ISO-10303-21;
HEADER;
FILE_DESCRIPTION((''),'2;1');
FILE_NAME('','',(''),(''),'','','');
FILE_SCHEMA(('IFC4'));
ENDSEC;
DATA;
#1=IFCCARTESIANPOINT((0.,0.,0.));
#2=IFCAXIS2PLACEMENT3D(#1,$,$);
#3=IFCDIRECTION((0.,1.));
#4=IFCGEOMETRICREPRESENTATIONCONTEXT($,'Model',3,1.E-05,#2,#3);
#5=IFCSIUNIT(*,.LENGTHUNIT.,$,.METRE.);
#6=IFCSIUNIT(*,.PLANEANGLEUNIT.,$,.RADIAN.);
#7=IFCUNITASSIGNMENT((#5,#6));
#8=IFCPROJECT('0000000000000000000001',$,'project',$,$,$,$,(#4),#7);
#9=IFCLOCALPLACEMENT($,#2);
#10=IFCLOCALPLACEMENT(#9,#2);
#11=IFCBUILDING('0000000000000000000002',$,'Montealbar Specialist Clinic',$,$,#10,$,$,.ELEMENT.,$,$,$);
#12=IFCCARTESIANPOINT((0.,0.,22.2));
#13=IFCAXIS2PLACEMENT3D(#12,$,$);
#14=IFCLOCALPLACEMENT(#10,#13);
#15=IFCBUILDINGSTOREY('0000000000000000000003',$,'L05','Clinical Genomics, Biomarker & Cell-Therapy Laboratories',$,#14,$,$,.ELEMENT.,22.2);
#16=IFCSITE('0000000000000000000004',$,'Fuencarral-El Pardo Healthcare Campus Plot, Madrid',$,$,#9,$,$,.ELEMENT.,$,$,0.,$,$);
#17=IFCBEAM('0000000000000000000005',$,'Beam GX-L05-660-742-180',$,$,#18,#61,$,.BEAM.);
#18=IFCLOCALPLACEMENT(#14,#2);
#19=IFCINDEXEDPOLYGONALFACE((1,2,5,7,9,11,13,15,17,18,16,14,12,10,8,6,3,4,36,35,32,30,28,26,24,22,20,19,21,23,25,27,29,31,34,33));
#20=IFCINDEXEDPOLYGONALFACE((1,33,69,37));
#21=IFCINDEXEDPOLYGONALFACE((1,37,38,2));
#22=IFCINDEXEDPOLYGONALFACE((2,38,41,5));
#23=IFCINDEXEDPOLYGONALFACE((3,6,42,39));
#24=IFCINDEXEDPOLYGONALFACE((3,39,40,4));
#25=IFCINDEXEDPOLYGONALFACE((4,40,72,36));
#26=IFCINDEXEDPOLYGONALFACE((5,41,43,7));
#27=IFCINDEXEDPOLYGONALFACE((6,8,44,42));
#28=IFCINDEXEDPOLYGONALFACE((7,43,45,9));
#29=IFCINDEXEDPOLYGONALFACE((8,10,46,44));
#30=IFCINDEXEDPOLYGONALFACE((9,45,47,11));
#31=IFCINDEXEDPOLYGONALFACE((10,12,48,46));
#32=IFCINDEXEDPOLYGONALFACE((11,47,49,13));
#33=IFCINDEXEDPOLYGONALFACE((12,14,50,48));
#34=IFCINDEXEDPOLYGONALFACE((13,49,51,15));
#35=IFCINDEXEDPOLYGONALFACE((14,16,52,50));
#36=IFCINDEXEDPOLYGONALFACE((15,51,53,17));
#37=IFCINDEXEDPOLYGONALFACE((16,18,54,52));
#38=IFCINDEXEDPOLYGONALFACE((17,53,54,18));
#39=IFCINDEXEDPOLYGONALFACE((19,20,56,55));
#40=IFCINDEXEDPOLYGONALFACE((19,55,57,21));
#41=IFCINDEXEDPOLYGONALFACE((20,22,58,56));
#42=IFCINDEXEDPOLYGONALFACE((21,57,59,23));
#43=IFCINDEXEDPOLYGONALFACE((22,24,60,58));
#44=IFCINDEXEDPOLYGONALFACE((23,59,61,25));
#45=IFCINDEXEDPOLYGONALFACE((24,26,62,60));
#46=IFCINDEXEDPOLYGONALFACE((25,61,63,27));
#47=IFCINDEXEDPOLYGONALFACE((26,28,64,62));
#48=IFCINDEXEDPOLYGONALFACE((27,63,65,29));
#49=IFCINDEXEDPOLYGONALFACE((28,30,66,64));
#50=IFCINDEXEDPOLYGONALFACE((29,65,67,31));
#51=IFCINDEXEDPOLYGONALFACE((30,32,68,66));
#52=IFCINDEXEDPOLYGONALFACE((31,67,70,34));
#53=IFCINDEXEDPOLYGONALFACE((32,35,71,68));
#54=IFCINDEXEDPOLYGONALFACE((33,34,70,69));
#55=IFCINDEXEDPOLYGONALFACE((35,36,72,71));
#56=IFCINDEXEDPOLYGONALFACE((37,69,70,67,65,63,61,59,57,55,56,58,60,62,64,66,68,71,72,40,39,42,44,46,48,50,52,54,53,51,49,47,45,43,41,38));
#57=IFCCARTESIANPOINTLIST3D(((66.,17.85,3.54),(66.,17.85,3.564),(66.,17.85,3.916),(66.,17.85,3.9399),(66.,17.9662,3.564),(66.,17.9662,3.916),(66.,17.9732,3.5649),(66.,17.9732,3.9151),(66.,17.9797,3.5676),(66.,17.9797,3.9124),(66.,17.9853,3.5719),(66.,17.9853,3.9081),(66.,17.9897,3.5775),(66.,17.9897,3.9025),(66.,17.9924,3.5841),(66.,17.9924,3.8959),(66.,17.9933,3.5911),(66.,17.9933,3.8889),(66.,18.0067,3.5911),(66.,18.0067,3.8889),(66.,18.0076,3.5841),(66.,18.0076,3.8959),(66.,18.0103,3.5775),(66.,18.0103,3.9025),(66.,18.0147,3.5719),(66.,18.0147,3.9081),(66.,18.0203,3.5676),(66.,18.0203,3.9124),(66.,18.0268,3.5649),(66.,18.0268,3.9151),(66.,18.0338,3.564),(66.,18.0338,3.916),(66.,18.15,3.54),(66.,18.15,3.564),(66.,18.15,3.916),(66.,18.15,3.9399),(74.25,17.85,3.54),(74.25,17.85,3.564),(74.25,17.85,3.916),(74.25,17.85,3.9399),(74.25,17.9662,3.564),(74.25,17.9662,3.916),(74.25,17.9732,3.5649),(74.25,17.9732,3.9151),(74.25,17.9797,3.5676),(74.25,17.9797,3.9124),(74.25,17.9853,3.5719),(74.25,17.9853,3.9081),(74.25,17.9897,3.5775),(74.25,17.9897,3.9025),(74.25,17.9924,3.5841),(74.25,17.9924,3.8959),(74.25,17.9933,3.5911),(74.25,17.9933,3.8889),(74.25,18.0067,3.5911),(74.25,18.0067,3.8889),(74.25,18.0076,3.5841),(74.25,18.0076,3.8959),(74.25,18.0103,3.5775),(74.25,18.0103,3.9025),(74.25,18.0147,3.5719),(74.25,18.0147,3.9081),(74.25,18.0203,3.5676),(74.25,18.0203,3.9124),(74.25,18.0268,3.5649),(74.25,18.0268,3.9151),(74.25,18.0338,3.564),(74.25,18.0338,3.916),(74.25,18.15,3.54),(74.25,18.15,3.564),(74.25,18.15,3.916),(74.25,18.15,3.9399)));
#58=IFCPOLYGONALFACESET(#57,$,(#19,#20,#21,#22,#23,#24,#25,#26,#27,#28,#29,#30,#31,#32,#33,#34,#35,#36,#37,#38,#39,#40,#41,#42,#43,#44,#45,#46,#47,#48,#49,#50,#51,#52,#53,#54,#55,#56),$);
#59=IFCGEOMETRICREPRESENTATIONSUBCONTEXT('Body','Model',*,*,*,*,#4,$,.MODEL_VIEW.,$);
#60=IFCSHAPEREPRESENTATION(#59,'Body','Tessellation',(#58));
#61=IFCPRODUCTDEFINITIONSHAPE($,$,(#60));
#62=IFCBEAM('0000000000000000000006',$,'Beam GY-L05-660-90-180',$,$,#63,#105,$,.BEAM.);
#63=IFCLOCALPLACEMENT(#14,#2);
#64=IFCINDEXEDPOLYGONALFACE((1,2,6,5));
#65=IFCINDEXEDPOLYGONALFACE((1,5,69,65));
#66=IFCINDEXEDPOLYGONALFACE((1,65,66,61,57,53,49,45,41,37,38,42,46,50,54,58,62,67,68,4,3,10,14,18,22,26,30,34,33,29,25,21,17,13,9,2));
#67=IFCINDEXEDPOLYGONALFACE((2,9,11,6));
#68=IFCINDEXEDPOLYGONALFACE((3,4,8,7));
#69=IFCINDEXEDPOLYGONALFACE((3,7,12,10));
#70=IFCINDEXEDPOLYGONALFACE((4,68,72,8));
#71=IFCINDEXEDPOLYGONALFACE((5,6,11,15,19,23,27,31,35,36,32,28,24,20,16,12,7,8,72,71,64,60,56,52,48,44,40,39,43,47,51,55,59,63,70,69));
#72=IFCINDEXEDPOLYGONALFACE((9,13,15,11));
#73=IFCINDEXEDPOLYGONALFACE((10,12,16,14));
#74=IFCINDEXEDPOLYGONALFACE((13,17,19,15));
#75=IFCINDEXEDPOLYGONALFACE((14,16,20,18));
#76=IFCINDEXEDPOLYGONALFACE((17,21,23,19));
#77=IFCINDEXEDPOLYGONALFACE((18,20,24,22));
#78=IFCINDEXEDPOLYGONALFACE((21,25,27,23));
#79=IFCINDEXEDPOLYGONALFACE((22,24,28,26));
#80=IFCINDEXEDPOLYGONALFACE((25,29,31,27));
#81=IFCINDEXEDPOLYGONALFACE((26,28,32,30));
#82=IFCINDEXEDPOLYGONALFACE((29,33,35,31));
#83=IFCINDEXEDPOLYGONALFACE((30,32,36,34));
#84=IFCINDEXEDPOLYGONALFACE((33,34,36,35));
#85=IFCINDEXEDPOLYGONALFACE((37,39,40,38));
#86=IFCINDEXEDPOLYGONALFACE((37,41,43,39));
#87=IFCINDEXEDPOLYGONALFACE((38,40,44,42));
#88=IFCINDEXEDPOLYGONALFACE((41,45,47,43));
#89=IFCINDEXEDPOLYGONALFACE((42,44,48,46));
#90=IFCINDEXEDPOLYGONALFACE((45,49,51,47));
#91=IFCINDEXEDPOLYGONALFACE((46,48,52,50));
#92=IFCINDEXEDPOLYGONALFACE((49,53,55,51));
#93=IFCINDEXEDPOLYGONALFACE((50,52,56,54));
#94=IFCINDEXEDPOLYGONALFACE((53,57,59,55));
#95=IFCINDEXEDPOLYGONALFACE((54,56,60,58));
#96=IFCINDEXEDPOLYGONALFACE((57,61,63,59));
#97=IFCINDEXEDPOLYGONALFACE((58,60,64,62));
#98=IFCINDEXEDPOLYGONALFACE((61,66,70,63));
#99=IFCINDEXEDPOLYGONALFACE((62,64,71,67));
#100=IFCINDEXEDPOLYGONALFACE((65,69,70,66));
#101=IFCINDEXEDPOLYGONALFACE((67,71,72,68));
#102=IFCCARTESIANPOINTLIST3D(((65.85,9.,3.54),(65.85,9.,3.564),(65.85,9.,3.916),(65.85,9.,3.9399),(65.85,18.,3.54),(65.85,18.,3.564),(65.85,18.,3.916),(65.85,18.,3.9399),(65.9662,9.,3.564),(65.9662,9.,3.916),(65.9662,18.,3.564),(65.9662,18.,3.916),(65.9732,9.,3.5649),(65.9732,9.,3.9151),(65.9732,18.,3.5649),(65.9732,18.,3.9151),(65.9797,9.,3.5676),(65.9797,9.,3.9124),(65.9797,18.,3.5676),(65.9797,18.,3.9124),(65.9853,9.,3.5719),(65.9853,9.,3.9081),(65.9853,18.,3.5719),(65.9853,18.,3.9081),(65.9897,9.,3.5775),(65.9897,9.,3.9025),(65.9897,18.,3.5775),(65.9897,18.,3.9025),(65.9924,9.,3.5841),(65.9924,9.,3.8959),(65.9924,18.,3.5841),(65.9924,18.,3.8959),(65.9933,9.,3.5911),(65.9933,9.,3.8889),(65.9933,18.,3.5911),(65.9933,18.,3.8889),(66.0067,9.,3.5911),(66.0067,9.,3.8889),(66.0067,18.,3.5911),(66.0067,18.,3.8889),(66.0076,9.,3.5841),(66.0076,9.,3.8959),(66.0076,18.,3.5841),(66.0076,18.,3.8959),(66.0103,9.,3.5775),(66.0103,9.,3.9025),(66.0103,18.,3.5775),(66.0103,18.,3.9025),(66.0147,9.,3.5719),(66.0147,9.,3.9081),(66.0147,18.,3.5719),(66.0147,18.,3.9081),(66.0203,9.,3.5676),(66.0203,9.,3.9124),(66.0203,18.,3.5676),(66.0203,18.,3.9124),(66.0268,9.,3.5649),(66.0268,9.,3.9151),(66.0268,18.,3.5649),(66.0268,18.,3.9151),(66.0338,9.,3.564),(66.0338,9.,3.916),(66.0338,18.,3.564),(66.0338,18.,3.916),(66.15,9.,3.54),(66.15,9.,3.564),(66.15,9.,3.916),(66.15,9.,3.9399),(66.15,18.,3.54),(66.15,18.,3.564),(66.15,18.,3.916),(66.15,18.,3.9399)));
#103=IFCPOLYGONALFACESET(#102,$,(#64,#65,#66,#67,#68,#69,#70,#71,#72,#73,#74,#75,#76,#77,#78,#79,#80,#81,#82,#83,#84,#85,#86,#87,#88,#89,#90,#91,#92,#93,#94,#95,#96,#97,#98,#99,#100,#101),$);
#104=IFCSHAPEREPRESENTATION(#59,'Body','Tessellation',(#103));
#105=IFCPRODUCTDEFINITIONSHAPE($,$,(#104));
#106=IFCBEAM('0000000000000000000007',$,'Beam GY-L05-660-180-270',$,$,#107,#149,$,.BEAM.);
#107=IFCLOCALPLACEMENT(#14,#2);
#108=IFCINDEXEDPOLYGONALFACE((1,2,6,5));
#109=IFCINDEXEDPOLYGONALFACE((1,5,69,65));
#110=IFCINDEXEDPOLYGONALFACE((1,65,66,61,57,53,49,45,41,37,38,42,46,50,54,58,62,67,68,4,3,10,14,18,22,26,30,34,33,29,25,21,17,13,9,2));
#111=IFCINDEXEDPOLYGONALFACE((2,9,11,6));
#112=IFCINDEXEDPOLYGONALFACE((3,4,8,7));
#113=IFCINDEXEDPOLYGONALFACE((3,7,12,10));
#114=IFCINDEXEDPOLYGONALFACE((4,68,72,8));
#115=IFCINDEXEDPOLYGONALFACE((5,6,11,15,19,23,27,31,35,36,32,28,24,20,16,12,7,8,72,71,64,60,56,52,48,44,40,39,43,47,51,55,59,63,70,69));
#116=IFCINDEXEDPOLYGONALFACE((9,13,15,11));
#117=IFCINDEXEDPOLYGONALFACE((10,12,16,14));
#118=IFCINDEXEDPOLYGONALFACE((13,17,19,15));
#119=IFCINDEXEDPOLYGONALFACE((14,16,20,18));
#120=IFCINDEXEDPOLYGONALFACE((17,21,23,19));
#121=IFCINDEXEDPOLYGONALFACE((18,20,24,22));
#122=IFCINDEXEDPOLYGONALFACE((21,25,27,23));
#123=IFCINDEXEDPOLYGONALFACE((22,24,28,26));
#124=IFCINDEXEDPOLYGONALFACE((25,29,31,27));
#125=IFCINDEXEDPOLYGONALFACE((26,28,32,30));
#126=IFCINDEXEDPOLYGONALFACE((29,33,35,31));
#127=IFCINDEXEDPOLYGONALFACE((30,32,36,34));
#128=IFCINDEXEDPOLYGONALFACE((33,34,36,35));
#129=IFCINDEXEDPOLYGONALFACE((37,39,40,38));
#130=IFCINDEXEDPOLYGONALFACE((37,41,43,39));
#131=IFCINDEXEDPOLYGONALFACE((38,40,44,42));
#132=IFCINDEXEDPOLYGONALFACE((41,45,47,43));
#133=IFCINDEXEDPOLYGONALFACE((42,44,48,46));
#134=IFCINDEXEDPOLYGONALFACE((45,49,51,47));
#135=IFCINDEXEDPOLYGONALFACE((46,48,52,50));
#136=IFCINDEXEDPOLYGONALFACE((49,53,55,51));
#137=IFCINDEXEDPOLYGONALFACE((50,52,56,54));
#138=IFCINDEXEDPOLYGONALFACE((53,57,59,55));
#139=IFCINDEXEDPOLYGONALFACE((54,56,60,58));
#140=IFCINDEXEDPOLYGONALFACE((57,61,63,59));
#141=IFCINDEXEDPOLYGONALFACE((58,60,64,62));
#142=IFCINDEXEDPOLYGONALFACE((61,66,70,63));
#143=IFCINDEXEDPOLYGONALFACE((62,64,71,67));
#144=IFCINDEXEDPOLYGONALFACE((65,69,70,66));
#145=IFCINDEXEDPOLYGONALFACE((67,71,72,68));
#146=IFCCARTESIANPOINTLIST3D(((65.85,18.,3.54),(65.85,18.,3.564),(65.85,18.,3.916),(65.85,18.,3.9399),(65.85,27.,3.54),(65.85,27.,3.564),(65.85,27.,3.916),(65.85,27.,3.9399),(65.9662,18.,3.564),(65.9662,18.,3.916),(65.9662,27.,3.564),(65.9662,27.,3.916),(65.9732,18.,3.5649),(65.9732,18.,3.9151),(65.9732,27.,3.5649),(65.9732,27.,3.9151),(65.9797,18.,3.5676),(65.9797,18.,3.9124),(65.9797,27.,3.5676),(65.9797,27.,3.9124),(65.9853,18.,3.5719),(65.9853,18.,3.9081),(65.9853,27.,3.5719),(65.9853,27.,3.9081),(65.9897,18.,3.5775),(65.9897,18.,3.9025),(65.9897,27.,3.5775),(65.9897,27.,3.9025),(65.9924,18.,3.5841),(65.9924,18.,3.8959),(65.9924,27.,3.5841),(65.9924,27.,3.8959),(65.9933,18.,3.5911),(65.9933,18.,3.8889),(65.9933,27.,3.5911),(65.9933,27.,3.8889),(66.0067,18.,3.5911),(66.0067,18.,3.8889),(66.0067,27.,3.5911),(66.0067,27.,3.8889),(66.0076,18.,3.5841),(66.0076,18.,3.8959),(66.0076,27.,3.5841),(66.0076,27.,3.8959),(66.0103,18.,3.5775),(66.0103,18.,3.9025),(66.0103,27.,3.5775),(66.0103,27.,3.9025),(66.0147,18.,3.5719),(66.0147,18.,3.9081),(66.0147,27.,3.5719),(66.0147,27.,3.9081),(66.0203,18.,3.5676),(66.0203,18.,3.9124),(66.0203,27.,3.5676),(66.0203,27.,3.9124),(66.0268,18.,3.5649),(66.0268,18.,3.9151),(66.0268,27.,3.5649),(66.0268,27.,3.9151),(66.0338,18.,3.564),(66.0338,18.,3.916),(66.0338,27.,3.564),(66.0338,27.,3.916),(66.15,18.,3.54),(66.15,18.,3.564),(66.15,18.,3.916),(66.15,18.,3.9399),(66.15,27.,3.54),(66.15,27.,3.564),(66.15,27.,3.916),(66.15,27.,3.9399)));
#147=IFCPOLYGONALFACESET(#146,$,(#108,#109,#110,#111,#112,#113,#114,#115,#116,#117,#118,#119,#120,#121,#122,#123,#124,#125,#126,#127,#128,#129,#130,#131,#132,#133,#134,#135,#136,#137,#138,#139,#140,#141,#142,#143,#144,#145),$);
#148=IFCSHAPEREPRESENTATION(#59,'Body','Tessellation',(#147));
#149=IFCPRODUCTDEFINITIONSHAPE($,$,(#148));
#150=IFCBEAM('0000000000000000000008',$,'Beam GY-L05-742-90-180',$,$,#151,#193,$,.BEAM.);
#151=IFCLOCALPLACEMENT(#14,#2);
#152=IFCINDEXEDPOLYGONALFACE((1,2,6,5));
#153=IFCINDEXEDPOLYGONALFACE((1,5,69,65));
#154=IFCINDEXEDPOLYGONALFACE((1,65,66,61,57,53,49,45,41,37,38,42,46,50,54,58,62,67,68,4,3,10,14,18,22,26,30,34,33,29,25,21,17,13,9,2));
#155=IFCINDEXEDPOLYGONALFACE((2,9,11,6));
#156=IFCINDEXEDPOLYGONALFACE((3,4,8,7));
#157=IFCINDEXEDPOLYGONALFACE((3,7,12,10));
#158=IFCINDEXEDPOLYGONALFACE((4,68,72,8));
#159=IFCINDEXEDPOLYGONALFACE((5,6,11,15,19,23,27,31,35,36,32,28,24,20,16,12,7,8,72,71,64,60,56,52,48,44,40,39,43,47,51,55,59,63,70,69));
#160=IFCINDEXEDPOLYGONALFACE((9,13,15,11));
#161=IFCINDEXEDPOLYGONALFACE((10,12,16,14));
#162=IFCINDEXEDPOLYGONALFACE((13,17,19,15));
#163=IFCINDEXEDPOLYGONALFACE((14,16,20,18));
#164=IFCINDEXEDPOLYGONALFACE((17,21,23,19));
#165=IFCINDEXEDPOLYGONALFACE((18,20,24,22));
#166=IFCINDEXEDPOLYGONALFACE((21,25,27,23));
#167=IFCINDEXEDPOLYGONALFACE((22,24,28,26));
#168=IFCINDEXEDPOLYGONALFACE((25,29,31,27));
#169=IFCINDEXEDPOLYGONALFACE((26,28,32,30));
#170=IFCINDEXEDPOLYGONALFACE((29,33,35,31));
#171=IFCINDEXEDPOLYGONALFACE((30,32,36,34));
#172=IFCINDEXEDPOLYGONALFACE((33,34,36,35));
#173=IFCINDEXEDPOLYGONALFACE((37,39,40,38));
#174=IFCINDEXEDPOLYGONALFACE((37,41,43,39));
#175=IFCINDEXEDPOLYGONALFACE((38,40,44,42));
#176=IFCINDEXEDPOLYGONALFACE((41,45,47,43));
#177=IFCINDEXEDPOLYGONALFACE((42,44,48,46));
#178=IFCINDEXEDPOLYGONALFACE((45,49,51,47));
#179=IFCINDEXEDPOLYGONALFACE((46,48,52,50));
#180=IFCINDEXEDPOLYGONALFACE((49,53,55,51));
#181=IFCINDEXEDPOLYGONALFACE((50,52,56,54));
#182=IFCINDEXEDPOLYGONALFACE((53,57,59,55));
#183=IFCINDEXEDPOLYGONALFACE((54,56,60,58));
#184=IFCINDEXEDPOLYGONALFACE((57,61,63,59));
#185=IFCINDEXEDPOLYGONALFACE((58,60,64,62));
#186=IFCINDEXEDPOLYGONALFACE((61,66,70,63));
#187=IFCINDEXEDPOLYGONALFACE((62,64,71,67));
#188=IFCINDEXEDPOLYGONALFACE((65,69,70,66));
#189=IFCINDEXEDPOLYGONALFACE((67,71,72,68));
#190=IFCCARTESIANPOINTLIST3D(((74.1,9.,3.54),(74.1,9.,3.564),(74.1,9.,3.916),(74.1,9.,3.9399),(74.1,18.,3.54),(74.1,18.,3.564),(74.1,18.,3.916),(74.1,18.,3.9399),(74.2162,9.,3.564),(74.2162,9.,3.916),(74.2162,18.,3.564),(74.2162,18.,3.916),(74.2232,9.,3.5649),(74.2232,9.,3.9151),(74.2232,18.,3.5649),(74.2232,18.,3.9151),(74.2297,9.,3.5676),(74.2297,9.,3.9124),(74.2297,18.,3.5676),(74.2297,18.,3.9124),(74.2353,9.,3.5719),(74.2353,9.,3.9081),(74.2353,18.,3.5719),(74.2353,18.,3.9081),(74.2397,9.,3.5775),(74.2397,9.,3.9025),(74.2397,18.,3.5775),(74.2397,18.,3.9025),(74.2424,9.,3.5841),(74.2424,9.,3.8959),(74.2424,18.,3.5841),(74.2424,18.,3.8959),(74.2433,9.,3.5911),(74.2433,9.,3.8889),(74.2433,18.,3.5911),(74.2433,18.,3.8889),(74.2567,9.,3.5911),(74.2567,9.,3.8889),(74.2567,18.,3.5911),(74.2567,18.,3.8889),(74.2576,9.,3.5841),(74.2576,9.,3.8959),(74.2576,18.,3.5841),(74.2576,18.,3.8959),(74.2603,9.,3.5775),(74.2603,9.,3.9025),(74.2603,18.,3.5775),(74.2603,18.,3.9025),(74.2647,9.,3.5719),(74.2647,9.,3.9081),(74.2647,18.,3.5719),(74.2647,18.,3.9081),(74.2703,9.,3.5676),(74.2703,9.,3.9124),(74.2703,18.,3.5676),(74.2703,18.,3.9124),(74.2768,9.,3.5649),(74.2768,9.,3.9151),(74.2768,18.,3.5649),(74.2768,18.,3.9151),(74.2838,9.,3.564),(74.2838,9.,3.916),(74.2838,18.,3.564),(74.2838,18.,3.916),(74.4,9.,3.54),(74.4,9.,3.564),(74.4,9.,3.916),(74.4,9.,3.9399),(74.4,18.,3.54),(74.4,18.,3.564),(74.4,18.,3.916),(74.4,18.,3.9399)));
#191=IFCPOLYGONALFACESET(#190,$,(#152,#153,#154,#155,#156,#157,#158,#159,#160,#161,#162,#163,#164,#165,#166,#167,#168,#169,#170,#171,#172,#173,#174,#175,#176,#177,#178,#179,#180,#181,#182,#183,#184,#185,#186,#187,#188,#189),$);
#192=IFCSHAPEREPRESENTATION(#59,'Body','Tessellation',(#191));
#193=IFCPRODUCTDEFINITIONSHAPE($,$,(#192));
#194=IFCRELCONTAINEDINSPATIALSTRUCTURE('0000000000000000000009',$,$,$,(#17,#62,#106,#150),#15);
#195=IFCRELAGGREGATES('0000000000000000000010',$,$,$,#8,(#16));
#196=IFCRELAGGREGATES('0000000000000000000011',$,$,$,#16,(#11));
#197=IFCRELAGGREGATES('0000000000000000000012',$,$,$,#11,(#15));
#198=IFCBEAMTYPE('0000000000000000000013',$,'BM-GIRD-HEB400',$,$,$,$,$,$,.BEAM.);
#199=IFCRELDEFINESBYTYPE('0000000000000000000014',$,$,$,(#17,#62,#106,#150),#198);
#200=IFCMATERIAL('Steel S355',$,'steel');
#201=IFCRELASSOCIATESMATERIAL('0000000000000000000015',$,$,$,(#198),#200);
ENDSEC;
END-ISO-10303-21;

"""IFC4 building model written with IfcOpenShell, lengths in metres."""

from ifc_helpers import new_model, si_unit, direction, frame, origin, origin_2d, place, context, subcontext, project, spatial, i_section, extrude, material, material_profile, profile_set, type_object, element, save


model = new_model("IFC4")

# Units and contexts
model_context = context("Model", 3, precision=1e-05, world=origin(), true_north=direction((0.0, 1.0)))
body_context = subcontext(model_context, "Body", "Model", "MODEL_VIEW")
ifc_project = project(units=[si_unit("LENGTHUNIT", "METRE"), si_unit("PLANEANGLEUNIT", "RADIAN")], contexts=[model_context])

# Site, building, storey
site_placement = place(None, origin())
site = spatial("IfcSite", under=ifc_project, at=site_placement, Name="Fuencarral-El Pardo Healthcare Campus Plot, Madrid", CompositionType="ELEMENT", RefElevation=0.0)
building_placement = place(site_placement, origin())
building = spatial("IfcBuilding", under=site, at=building_placement, Name="Montealbar Specialist Clinic", CompositionType="ELEMENT")
storey_placement = place(building_placement, frame((0.0, 0.0, 22.2)))
storey = spatial("IfcBuildingStorey", under=building, at=storey_placement, Name="L05", Description="Clinical Genomics, Biomarker & Cell-Therapy Laboratories", CompositionType="ELEMENT", Elevation=22.2)

# Shared definitions
ifc_material_1 = material(Name="Steel S355", Category="steel")

# Beams
ifc_material_profile_1 = material_profile(ifc_material_1, i_section(OverallWidth=0.3, OverallDepth=0.3999, WebThickness=0.0134, FlangeThickness=0.0239, FilletRadius=0.0271, at=origin_2d()), Name="HEB 400", Category="steel")
ifc_profile_set_1 = profile_set([ifc_material_profile_1], Name="Steel S355")
beam_type_1 = type_object("IfcBeamType", Name="BM-GIRD-HEB400", PredefinedType="BEAM", material=ifc_profile_set_1)
for number, where, z_axis, x_axis, name in (
    (1, (66.0, 18.0, 3.74), (1.0, 0.0, 0.0), (0.0, 1.0, 0.0), "Beam GX-L05-660-742-180"),
):
    element("IfcBeam", number, at=place(storey_placement, frame(where, z_axis=z_axis, x_axis=x_axis)), inside=storey, type_object=beam_type_1, Name=name, PredefinedType="BEAM", context=body_context, shape_type="SweptSolid", body=[
        extrude(i_section(OverallWidth=0.3, OverallDepth=0.3999, WebThickness=0.0134, FlangeThickness=0.0239, FilletRadius=0.0271, at=origin_2d()), origin(), (0.0, 0.0, 1.0), 8.25),
    ])
for number, where, z_axis, x_axis, name in (
    (2, (66.0, 9.0, 3.74), (0.0, 1.0, 0.0), (-1.0, 0.0, 0.0), "Beam GY-L05-660-90-180"),
    (3, (66.0, 18.0, 3.74), (0.0, 1.0, 0.0), (-1.0, 0.0, 0.0), "Beam GY-L05-660-180-270"),
    (4, (74.25, 9.0, 3.74), (0.0, 1.0, 0.0), (-1.0, 0.0, 0.0), "Beam GY-L05-742-90-180"),
):
    element("IfcBeam", number, at=place(storey_placement, frame(where, z_axis=z_axis, x_axis=x_axis)), inside=storey, type_object=beam_type_1, Name=name, PredefinedType="BEAM", context=body_context, shape_type="SweptSolid", body=[
        extrude(i_section(OverallWidth=0.3, OverallDepth=0.3999, WebThickness=0.0134, FlangeThickness=0.0239, FilletRadius=0.0271, at=origin_2d()), origin(), (0.0, 0.0, 1.0), 9.0),
    ])

save(model, "model.ifc")
